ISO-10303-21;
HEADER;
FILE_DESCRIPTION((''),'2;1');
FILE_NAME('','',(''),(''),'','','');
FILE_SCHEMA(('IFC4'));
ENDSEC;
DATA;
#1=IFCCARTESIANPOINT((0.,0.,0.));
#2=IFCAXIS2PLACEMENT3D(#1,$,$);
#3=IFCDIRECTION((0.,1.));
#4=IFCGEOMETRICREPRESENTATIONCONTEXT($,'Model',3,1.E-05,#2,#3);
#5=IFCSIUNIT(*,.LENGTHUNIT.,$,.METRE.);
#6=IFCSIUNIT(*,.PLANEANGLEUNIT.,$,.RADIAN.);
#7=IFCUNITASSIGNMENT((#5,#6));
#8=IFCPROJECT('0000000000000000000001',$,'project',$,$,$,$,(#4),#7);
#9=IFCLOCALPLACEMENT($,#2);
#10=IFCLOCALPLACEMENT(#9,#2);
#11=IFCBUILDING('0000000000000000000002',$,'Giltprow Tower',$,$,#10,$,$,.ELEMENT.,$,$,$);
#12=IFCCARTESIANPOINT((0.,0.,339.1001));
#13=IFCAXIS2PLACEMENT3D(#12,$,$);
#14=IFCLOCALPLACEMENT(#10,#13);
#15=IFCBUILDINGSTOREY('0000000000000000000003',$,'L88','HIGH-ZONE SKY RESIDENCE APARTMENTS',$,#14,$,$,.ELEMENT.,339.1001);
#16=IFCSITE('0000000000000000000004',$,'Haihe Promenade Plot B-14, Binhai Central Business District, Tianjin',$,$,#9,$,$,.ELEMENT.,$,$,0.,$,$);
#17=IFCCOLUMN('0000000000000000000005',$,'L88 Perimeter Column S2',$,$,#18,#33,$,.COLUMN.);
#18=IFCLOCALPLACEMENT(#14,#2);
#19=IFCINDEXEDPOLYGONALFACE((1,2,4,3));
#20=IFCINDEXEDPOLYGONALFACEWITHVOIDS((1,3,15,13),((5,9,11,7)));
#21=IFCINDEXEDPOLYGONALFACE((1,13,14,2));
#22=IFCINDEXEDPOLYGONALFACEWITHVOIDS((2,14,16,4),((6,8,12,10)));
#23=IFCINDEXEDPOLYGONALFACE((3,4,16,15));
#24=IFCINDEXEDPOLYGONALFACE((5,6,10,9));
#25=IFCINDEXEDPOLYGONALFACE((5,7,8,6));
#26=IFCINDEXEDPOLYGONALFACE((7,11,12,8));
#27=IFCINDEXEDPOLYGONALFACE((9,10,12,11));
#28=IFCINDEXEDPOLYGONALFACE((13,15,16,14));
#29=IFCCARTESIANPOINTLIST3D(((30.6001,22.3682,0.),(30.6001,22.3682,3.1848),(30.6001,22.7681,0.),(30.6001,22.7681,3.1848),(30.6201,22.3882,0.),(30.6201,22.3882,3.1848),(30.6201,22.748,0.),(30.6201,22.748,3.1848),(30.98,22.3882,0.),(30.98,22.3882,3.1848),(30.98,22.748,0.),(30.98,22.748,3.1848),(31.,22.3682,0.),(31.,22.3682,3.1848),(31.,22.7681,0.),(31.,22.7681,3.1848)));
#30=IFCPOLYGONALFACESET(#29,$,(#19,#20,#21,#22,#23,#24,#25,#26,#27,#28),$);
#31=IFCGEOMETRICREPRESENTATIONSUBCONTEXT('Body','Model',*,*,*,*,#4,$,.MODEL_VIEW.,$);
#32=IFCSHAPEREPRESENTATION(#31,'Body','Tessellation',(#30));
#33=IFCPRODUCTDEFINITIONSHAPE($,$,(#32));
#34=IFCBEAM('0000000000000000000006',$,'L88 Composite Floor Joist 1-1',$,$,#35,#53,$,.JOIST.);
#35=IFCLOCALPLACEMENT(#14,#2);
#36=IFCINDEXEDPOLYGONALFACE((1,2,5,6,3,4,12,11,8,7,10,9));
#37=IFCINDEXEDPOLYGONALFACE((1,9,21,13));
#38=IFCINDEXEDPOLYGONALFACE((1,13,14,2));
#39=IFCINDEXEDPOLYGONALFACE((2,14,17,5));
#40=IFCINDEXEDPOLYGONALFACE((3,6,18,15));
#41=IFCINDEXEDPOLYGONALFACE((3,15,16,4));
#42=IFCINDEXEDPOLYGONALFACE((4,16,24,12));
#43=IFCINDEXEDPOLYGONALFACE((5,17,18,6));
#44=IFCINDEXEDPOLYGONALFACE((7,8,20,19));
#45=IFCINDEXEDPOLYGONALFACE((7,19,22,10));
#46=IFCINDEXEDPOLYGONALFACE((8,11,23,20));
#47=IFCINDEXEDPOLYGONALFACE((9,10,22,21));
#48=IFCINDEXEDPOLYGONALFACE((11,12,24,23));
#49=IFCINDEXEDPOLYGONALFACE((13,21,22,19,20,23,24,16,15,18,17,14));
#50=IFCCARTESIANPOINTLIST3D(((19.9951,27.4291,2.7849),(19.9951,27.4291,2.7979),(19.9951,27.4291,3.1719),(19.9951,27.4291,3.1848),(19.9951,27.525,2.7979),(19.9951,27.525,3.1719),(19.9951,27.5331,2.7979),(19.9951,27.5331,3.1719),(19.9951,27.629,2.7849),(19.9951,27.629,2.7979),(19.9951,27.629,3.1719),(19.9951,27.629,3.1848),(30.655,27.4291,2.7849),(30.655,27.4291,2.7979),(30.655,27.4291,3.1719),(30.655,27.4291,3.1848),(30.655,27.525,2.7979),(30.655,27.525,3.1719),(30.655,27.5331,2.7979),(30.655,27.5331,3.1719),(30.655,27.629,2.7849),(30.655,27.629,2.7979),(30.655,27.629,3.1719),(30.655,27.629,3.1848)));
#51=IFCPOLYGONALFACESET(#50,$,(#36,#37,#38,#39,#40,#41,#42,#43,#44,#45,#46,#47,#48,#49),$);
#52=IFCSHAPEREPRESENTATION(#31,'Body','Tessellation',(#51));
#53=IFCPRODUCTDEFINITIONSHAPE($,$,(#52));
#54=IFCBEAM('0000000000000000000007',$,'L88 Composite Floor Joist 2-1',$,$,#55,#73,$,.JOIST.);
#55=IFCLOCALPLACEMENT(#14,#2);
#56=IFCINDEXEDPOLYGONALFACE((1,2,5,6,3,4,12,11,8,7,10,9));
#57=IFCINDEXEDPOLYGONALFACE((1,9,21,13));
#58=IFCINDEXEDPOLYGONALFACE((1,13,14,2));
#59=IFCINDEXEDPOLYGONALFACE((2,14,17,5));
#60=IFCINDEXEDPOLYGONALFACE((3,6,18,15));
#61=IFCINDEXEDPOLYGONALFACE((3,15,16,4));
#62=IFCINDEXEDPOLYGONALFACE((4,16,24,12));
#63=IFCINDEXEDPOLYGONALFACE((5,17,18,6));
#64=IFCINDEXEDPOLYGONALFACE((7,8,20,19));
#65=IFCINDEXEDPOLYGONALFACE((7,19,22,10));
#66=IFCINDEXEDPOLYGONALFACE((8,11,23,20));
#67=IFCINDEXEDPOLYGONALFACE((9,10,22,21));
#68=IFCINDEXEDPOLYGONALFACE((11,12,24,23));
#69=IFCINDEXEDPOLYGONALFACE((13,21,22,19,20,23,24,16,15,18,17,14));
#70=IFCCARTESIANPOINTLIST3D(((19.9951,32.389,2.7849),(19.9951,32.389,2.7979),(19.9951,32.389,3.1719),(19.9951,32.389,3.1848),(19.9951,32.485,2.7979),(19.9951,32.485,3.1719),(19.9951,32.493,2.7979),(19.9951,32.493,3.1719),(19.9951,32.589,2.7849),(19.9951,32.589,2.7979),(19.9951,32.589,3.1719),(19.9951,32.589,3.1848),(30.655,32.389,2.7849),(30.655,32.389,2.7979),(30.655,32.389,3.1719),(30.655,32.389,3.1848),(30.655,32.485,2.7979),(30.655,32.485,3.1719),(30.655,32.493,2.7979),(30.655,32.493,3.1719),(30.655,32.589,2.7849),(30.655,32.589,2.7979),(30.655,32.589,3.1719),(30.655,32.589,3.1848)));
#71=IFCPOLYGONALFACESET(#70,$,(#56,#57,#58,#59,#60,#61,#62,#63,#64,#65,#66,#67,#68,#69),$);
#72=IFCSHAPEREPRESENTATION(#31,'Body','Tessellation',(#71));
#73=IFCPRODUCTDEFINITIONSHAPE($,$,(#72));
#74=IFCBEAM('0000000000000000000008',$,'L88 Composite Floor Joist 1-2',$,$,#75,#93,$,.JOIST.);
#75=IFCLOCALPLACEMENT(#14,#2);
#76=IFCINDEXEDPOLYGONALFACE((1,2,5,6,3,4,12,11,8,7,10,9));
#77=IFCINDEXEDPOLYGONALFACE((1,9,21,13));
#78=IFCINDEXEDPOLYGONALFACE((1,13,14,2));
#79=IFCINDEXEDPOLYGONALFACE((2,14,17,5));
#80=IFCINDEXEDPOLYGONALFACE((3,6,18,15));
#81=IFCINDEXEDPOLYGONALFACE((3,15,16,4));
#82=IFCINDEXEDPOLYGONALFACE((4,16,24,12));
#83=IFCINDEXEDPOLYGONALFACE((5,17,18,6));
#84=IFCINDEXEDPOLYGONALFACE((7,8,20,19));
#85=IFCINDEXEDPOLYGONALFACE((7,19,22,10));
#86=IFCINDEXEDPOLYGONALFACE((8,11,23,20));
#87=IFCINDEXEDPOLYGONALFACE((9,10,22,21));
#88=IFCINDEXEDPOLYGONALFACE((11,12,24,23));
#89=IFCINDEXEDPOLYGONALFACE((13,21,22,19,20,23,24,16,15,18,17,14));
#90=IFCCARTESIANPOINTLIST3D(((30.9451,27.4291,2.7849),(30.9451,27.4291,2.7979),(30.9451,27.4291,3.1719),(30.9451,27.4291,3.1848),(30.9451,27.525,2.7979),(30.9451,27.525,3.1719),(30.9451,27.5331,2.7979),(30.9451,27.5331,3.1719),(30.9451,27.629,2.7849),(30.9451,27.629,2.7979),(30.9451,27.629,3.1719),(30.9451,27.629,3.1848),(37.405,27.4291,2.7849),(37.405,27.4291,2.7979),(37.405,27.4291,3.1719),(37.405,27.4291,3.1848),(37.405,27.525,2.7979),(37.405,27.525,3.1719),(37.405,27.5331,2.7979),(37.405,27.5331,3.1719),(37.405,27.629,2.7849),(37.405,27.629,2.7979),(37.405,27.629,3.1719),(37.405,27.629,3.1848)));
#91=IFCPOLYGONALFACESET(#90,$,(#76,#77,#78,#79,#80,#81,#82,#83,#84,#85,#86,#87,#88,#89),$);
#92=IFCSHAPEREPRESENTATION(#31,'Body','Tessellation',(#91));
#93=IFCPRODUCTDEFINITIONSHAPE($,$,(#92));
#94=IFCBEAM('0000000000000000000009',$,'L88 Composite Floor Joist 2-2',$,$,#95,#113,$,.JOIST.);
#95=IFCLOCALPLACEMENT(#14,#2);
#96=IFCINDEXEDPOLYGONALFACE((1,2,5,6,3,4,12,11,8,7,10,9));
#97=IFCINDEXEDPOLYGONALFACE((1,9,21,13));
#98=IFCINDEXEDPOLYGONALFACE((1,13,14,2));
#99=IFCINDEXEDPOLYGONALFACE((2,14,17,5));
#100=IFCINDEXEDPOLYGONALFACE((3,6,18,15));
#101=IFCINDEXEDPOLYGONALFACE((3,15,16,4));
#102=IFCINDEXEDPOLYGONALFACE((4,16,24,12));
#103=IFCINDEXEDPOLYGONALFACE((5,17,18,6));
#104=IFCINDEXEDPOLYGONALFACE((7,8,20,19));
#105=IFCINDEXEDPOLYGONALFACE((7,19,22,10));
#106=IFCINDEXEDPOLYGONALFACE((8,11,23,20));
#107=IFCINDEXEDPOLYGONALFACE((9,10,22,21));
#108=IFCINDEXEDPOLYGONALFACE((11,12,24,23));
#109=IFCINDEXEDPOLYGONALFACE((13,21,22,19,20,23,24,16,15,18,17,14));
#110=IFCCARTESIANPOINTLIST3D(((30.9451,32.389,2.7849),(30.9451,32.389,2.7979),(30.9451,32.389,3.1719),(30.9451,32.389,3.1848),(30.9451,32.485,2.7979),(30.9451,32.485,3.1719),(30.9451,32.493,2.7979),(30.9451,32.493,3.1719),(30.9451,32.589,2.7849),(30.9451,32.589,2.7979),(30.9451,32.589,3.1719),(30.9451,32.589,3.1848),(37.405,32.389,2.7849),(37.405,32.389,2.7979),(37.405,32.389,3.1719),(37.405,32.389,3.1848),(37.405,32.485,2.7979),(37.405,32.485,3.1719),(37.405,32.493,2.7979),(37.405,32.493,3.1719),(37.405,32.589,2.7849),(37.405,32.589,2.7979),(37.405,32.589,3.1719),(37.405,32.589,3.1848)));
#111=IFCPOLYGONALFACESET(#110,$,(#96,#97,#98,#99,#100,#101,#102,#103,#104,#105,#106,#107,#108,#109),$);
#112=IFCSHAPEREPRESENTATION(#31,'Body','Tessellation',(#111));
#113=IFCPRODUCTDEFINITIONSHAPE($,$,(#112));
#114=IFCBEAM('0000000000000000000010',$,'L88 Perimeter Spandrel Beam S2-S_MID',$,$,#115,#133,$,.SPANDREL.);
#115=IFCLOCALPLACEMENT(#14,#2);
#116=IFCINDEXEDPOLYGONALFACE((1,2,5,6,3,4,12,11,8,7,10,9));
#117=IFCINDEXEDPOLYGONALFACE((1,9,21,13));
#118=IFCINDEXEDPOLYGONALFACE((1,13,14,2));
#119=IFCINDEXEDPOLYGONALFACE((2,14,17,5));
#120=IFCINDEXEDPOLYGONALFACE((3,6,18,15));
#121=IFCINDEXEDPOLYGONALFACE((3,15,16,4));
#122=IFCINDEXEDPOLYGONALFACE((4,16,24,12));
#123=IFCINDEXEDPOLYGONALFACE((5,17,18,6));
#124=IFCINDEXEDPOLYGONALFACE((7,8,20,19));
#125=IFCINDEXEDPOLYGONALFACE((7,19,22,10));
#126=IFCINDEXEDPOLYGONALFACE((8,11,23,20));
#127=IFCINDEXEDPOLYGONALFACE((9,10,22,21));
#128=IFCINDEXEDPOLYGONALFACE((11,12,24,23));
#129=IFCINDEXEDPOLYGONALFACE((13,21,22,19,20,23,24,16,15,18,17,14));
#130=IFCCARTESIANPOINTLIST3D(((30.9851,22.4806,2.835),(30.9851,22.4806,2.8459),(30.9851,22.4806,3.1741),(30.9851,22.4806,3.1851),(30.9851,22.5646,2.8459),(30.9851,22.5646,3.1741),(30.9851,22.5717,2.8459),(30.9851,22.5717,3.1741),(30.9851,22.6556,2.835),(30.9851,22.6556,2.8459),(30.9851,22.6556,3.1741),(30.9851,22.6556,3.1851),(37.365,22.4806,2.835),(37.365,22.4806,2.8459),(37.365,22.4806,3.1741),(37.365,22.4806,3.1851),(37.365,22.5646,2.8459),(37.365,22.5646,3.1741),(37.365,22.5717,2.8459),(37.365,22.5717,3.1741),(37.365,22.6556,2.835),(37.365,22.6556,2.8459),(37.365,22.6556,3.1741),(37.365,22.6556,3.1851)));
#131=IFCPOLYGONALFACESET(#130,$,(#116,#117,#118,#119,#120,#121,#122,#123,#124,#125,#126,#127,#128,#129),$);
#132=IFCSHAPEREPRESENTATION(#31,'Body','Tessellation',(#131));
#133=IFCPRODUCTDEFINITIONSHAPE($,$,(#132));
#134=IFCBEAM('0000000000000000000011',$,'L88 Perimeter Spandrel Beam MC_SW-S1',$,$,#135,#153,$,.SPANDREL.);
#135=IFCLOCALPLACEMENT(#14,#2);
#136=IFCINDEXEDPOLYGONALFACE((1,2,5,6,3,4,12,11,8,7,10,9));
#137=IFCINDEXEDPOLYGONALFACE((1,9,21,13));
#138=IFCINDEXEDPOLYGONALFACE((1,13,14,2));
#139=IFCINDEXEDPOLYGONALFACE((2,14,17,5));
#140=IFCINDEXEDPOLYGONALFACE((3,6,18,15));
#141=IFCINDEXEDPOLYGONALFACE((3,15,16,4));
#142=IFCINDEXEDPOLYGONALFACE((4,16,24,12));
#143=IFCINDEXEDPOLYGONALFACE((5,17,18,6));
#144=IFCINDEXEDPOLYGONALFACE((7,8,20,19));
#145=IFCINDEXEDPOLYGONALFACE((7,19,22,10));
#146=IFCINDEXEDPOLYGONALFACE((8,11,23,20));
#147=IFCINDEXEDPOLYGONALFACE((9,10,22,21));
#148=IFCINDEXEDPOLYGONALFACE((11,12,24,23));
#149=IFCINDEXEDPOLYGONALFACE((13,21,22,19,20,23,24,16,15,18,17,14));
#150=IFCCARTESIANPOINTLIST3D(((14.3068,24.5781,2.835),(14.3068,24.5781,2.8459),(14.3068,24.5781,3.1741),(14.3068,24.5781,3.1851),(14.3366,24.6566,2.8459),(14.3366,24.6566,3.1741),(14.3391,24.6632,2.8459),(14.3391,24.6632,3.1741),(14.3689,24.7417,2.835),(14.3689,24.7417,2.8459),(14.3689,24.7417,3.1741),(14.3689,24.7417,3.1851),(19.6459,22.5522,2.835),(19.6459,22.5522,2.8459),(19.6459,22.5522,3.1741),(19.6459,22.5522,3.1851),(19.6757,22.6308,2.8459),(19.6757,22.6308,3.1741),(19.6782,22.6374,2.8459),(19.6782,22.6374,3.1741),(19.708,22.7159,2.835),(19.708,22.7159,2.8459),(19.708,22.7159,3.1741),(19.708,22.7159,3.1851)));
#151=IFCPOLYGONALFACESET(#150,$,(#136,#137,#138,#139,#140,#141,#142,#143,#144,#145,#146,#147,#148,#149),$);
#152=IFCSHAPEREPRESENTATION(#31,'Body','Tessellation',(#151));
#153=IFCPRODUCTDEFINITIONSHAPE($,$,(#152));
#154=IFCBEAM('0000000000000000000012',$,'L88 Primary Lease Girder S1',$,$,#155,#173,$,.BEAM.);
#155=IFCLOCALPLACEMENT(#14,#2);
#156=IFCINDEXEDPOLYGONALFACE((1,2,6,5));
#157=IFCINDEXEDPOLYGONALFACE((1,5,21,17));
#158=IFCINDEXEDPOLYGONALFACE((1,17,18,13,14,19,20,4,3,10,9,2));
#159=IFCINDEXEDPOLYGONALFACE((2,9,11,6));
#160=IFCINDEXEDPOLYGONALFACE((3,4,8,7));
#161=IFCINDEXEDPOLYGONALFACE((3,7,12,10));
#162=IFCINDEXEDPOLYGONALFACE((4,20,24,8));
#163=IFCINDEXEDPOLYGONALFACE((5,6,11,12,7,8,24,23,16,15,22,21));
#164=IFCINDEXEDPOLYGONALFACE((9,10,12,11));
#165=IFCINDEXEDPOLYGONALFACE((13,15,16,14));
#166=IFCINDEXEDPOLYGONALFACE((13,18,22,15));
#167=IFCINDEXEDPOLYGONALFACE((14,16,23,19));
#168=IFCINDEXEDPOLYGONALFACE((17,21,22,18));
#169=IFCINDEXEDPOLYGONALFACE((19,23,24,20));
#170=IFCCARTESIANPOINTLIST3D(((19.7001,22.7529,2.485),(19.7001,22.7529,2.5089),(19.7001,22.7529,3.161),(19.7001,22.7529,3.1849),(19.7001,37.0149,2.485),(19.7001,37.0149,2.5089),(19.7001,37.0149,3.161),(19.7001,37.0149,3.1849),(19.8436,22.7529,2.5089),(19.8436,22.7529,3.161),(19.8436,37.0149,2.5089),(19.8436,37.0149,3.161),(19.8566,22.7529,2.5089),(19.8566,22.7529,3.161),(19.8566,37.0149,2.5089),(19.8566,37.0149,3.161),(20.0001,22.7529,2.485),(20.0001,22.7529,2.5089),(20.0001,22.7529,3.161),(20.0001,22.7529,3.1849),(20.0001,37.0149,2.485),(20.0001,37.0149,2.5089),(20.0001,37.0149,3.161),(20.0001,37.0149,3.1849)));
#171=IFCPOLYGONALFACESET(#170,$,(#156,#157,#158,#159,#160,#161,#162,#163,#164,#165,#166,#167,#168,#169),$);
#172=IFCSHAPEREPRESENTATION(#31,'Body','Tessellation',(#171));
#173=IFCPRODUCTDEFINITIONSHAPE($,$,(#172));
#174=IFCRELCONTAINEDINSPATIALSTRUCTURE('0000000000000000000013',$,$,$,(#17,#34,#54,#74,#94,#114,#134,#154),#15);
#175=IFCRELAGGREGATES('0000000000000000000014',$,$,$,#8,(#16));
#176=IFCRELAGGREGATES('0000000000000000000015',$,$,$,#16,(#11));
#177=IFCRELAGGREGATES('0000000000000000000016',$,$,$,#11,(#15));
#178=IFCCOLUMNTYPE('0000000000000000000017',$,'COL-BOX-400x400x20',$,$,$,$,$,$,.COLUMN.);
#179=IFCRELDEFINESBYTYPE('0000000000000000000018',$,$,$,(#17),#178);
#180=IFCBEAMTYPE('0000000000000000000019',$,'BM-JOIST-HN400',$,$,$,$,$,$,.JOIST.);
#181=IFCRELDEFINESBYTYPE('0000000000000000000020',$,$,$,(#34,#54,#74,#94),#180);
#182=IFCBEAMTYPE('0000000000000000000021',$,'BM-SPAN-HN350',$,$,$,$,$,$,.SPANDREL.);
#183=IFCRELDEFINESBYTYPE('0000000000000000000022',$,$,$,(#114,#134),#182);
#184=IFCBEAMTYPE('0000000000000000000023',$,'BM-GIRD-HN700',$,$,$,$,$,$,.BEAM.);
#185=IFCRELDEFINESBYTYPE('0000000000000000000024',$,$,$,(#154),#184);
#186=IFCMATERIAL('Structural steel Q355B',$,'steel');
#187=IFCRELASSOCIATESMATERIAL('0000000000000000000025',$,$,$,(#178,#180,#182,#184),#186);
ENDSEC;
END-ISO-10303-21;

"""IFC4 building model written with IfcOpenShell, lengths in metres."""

from ifc_helpers import new_model, si_unit, direction, frame, origin, origin_2d, place, context, subcontext, project, spatial, hollow_rectangle, i_section, extrude, source, transform, mapped, material, material_profile, profile_set, type_object, element, save


model = new_model("IFC4")

# Units and contexts
model_context = context("Model", 3, precision=1e-05, world=origin(), true_north=direction((0.0, 1.0)))
body_context = subcontext(model_context, "Body", "Model", "MODEL_VIEW")
ifc_project = project(units=[si_unit("LENGTHUNIT", "METRE"), si_unit("PLANEANGLEUNIT", "RADIAN")], contexts=[model_context])

# Site, building, storey
site_placement = place(None, origin())
site = spatial("IfcSite", under=ifc_project, at=site_placement, Name="Haihe Promenade Plot B-14, Binhai Central Business District, Tianjin", CompositionType="ELEMENT", RefElevation=0.0)
building_placement = place(site_placement, origin())
building = spatial("IfcBuilding", under=site, at=building_placement, Name="Giltprow Tower", CompositionType="ELEMENT")
storey_placement = place(building_placement, frame((0.0, 0.0, 339.1001)))
storey = spatial("IfcBuildingStorey", under=building, at=storey_placement, Name="L88", Description="HIGH-ZONE SKY RESIDENCE APARTMENTS", CompositionType="ELEMENT", Elevation=339.1001)

# Column
ifc_material_1 = material(Name="Structural steel Q355B", Category="steel")
ifc_material_profile_1 = material_profile(ifc_material_1, hollow_rectangle(XDim=0.3999, YDim=0.3999, WallThickness=0.02, at=origin_2d()), Name="BOX 400x400x20")
ifc_profile_set_1 = profile_set([ifc_material_profile_1], Name="Structural steel Q355B")
column_type = type_object("IfcColumnType", Name="COL-BOX-400x400x20", PredefinedType="COLUMN", material=ifc_profile_set_1)
shared_shape_1 = source(origin(), body_context, "Body", "SweptSolid", [
    extrude(hollow_rectangle(XDim=0.3999, YDim=0.3999, WallThickness=0.02, at=origin_2d()), origin(), (0.0, 0.0, 1.0), 3.1848),
])
column_placement = place(storey_placement, frame((30.8, 22.5681, 0.0), z_axis=(0.0, 0.0, 1.0), x_axis=(1.0, 0.0, 0.0)))
element("IfcColumn", 1, at=column_placement, inside=storey, type_object=column_type, Name="L88 Perimeter Column S2", PredefinedType="COLUMN", context=body_context, shape_type="MappedRepresentation", body=[
    mapped(shared_shape_1, transform((0.0, 0.0, 0.0), x_axis=(1.0, 0.0, 0.0), y_axis=(0.0, 1.0, 0.0), z_axis=(0.0, 0.0, 1.0), scale=1.0)),
])

# Beams
ifc_material_profile_2 = material_profile(ifc_material_1, i_section(OverallWidth=0.2, OverallDepth=0.3999, WebThickness=0.0081, FlangeThickness=0.0129, at=origin_2d()), Name="HN 400x200x8x13")
ifc_profile_set_2 = profile_set([ifc_material_profile_2], Name="Structural steel Q355B")
beam_type_1 = type_object("IfcBeamType", Name="BM-JOIST-HN400", PredefinedType="JOIST", material=ifc_profile_set_2)
shared_shape_2 = source(origin(), body_context, "Body", "SweptSolid", [
    extrude(i_section(OverallWidth=0.2, OverallDepth=0.3999, WebThickness=0.0081, FlangeThickness=0.0129, at=origin_2d()), origin(), (0.0, 0.0, 1.0), 10.6599),
])
for number, where, z_axis, x_axis, name in (
    (2, (19.9951, 27.5291, 2.9849), (1.0, 0.0, 0.0), (0.0, 1.0, 0.0), "L88 Composite Floor Joist 1-1"),
    (3, (19.9951, 32.489, 2.9849), (1.0, 0.0, 0.0), (0.0, 1.0, 0.0), "L88 Composite Floor Joist 2-1"),
):
    element("IfcBeam", number, at=place(storey_placement, frame(where, z_axis=z_axis, x_axis=x_axis)), inside=storey, type_object=beam_type_1, Name=name, PredefinedType="JOIST", context=body_context, shape_type="MappedRepresentation", body=[
        mapped(shared_shape_2, transform((0.0, 0.0, 0.0), x_axis=(1.0, 0.0, 0.0), y_axis=(0.0, 1.0, 0.0), z_axis=(0.0, 0.0, 1.0), scale=1.0)),
    ])
shared_shape_3 = source(origin(), body_context, "Body", "SweptSolid", [
    extrude(i_section(OverallWidth=0.2, OverallDepth=0.3999, WebThickness=0.0081, FlangeThickness=0.0129, at=origin_2d()), origin(), (0.0, 0.0, 1.0), 6.46),
])
for number, where, z_axis, x_axis, name in (
    (4, (30.9451, 27.5291, 2.9849), (1.0, 0.0, 0.0), (0.0, 1.0, 0.0), "L88 Composite Floor Joist 1-2"),
    (5, (30.9451, 32.489, 2.9849), (1.0, 0.0, 0.0), (0.0, 1.0, 0.0), "L88 Composite Floor Joist 2-2"),
):
    element("IfcBeam", number, at=place(storey_placement, frame(where, z_axis=z_axis, x_axis=x_axis)), inside=storey, type_object=beam_type_1, Name=name, PredefinedType="JOIST", context=body_context, shape_type="MappedRepresentation", body=[
        mapped(shared_shape_3, transform((0.0, 0.0, 0.0), x_axis=(1.0, 0.0, 0.0), y_axis=(0.0, 1.0, 0.0), z_axis=(0.0, 0.0, 1.0), scale=1.0)),
    ])
ifc_material_profile_3 = material_profile(ifc_material_1, i_section(OverallWidth=0.175, OverallDepth=0.3501, WebThickness=0.0071, FlangeThickness=0.011, at=origin_2d()), Name="HN 350x175x7x11")
ifc_profile_set_3 = profile_set([ifc_material_profile_3], Name="Structural steel Q355B")
beam_type_2 = type_object("IfcBeamType", Name="BM-SPAN-HN350", PredefinedType="SPANDREL", material=ifc_profile_set_3)
shared_shape_4 = source(origin(), body_context, "Body", "SweptSolid", [
    extrude(i_section(OverallWidth=0.175, OverallDepth=0.3501, WebThickness=0.0071, FlangeThickness=0.011, at=origin_2d()), origin(), (0.0, 0.0, 1.0), 6.3799),
])
beam_1_placement = place(storey_placement, frame((30.9851, 22.5681, 3.01), z_axis=(1.0, 0.0, 0.0), x_axis=(0.0, 1.0, 0.0)))
element("IfcBeam", 6, at=beam_1_placement, inside=storey, type_object=beam_type_2, Name="L88 Perimeter Spandrel Beam S2-S_MID", PredefinedType="SPANDREL", context=body_context, shape_type="MappedRepresentation", body=[
    mapped(shared_shape_4, transform((0.0, 0.0, 0.0), x_axis=(1.0, 0.0, 0.0), y_axis=(0.0, 1.0, 0.0), z_axis=(0.0, 0.0, 1.0), scale=1.0)),
])
shared_shape_5 = source(origin(), body_context, "Body", "SweptSolid", [
    extrude(i_section(OverallWidth=0.175, OverallDepth=0.3501, WebThickness=0.0071, FlangeThickness=0.011, at=origin_2d()), origin(), (0.0, 0.0, 1.0), 5.7104),
])
beam_2_placement = place(storey_placement, frame((14.3379, 24.6599, 3.01), z_axis=(0.934957, -0.354761, 0.0), x_axis=(0.354761, 0.934957, 0.0)))
element("IfcBeam", 7, at=beam_2_placement, inside=storey, type_object=beam_type_2, Name="L88 Perimeter Spandrel Beam MC_SW-S1", PredefinedType="SPANDREL", context=body_context, shape_type="MappedRepresentation", body=[
    mapped(shared_shape_5, transform((0.0, 0.0, 0.0), x_axis=(1.0, 0.0, 0.0), y_axis=(0.0, 1.0, 0.0), z_axis=(0.0, 0.0, 1.0), scale=1.0)),
])
ifc_material_profile_4 = material_profile(ifc_material_1, i_section(OverallWidth=0.3, OverallDepth=0.7, WebThickness=0.0129, FlangeThickness=0.0239, at=origin_2d()), Name="HN 700x300x13x24")
ifc_profile_set_4 = profile_set([ifc_material_profile_4], Name="Structural steel Q355B")
beam_type_3 = type_object("IfcBeamType", Name="BM-GIRD-HN700", PredefinedType="BEAM", material=ifc_profile_set_4)
shared_shape_6 = source(origin(), body_context, "Body", "SweptSolid", [
    extrude(i_section(OverallWidth=0.3, OverallDepth=0.7, WebThickness=0.0129, FlangeThickness=0.0239, at=origin_2d()), origin(), (0.0, 0.0, 1.0), 14.262),
])
for number, where, z_axis, x_axis, name in (
    (8, (19.8501, 22.7529, 2.835), (0.0, 1.0, 0.0), (-1.0, 0.0, 0.0), "L88 Primary Lease Girder S1"),
):
    element("IfcBeam", number, at=place(storey_placement, frame(where, z_axis=z_axis, x_axis=x_axis)), inside=storey, type_object=beam_type_3, Name=name, PredefinedType="BEAM", context=body_context, shape_type="MappedRepresentation", body=[
        mapped(shared_shape_6, transform((0.0, 0.0, 0.0), x_axis=(1.0, 0.0, 0.0), y_axis=(0.0, 1.0, 0.0), z_axis=(0.0, 0.0, 1.0), scale=1.0)),
    ])

save(model, "model.ifc")
